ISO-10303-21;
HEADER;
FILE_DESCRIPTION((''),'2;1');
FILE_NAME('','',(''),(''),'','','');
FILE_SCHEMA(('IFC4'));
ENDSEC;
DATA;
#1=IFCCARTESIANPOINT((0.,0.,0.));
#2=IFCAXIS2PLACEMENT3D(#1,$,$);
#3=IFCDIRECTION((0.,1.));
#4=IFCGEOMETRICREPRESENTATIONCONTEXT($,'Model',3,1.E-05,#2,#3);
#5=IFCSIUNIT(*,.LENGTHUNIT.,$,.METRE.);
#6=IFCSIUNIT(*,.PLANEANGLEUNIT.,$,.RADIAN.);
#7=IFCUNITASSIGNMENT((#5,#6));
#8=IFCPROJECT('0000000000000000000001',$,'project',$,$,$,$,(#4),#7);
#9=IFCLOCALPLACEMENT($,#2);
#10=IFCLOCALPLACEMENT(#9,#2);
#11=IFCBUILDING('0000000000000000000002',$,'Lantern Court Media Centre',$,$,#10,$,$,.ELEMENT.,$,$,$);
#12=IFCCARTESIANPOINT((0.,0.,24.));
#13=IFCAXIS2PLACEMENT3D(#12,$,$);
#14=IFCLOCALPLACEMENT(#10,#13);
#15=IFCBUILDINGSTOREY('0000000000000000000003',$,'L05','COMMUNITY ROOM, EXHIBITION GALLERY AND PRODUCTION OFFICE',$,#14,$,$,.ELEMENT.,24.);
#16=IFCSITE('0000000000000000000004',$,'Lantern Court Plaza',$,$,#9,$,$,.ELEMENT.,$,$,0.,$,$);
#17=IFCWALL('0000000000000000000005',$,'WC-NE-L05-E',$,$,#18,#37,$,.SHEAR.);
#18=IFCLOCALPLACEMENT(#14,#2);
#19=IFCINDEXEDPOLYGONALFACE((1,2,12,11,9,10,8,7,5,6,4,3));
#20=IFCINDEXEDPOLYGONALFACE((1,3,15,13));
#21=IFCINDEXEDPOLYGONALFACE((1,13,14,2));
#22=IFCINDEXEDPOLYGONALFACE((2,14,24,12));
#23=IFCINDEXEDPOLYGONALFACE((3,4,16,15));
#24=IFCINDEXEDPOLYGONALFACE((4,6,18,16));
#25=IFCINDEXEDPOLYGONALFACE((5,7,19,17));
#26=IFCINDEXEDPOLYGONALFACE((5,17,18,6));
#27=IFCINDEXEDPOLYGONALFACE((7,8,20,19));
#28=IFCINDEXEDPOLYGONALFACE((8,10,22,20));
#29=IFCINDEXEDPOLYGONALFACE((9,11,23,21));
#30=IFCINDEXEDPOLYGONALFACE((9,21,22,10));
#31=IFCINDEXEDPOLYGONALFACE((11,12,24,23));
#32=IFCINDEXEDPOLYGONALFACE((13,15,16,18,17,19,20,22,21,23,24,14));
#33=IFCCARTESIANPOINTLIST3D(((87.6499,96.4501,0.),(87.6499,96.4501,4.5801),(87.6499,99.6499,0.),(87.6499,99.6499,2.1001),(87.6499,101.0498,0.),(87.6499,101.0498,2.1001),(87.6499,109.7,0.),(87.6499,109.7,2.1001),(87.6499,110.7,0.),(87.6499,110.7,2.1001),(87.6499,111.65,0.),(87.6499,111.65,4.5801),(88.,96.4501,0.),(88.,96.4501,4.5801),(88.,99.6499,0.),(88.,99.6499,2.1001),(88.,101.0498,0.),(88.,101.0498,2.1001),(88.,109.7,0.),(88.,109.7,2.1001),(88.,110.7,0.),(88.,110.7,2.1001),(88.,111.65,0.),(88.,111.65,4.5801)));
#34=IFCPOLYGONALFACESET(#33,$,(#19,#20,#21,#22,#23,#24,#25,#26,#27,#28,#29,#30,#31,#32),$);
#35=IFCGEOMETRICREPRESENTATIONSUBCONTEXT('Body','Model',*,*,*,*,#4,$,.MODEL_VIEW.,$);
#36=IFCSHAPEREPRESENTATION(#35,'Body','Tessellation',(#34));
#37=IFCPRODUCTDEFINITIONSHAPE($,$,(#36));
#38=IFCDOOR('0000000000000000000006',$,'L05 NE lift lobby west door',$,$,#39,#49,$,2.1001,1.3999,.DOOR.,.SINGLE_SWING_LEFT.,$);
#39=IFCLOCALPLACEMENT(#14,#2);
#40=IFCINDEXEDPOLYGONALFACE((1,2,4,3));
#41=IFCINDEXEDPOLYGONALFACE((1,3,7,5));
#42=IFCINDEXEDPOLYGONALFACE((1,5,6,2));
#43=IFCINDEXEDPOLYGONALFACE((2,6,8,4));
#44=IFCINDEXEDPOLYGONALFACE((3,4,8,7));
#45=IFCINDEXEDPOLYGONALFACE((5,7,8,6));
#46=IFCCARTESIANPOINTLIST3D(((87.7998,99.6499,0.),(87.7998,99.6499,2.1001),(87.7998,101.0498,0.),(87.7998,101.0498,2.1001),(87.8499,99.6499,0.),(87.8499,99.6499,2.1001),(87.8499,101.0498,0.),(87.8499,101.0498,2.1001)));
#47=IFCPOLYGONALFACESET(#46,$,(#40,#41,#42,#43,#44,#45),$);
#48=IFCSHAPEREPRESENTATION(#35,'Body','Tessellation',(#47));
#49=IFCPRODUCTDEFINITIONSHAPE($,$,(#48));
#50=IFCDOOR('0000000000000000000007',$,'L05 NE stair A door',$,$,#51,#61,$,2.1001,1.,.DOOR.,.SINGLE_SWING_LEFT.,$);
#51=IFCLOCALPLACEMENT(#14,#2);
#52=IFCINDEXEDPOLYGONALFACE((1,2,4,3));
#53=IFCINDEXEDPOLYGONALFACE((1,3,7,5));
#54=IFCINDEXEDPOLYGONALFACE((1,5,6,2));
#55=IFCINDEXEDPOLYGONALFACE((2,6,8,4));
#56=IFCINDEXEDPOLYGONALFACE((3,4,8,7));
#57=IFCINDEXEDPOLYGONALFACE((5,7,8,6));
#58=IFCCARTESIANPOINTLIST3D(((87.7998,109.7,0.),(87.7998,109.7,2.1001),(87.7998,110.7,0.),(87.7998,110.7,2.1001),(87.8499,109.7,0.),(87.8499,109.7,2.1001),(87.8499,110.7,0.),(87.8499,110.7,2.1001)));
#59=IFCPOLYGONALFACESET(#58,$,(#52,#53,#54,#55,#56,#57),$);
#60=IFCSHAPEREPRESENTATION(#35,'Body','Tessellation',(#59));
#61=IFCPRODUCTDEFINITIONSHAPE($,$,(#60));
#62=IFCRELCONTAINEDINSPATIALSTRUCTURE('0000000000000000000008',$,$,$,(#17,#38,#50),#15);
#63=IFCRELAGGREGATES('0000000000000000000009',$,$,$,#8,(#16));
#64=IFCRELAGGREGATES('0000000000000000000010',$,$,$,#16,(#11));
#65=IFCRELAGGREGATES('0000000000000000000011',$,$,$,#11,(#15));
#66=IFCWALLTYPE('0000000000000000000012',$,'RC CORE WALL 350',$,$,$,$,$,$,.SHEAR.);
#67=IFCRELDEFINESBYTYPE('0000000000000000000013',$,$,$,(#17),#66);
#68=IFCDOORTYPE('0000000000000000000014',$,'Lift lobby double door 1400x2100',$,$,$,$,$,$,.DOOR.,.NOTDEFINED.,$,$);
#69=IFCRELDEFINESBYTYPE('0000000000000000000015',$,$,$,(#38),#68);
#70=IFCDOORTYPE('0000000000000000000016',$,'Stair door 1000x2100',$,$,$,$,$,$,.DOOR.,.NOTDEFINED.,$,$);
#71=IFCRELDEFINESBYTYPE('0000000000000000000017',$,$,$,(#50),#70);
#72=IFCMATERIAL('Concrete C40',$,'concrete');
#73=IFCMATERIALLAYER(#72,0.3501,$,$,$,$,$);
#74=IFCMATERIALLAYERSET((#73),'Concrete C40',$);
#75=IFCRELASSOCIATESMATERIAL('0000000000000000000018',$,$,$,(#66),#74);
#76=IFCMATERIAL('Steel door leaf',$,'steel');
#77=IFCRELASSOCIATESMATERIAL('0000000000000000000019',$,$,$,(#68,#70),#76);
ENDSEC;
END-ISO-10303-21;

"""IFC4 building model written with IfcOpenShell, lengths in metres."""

from ifc_helpers import new_model, si_unit, direction, frame, frame_2d, origin, place, context, subcontext, project, spatial, rectangle, extrude, material, layer, layer_set, type_object, element, fill, save


model = new_model("IFC4")

# Units and contexts
model_context = context("Model", 3, precision=1e-05, world=origin(), true_north=direction((0.0, 1.0)))
body_context = subcontext(model_context, "Body", "Model", "MODEL_VIEW")
ifc_project = project(units=[si_unit("LENGTHUNIT", "METRE"), si_unit("PLANEANGLEUNIT", "RADIAN")], contexts=[model_context])

# Site, building, storey
site_placement = place(None, origin())
site = spatial("IfcSite", under=ifc_project, at=site_placement, Name="Lantern Court Plaza", CompositionType="ELEMENT", RefElevation=0.0)
building_placement = place(site_placement, origin())
building = spatial("IfcBuilding", under=site, at=building_placement, Name="Lantern Court Media Centre", CompositionType="ELEMENT")
storey_placement = place(building_placement, frame((0.0, 0.0, 24.0)))
storey = spatial("IfcBuildingStorey", under=building, at=storey_placement, Name="L05", Description="COMMUNITY ROOM, EXHIBITION GALLERY AND PRODUCTION OFFICE", CompositionType="ELEMENT", Elevation=24.0)

# Shared definitions
ifc_material_1 = material(Name="Concrete C40", Category="concrete")
ifc_material_2 = material(Name="Steel door leaf", Category="steel")

# Wall, openings, doors
ifc_layer_1 = layer(ifc_material_1, 0.3501)
ifc_layer_set_1 = layer_set([ifc_layer_1], Name="Concrete C40")
wall_type_1 = type_object("IfcWallType", Name="RC CORE WALL 350", PredefinedType="SHEAR", material=ifc_layer_set_1)
wall_1_placement = place(storey_placement, frame((87.825, 96.45, 0.0), z_axis=(0.0, 0.0, 1.0), x_axis=(0.0, 1.0, 0.0)))
wall_1 = element("IfcWall", 1, at=wall_1_placement, inside=storey, type_object=wall_type_1, Name="WC-NE-L05-E", PredefinedType="SHEAR", context=body_context, shape_type="SweptSolid", body=[
    extrude(rectangle(XDim=15.2, YDim=0.3501, at=frame_2d((7.6001, 0.0))), origin(), (0.0, 0.0, 1.0), 4.5801),
])
opening_1_placement = place(wall_1_placement, frame((13.25, 0.0, 0.0)))
opening_1 = element("IfcOpeningElement", 2, at=opening_1_placement, cuts=wall_1, PredefinedType="OPENING", context=body_context, shape_type="SweptSolid", body=[
    extrude(rectangle(XDim=1.0, YDim=2.1001, at=frame_2d((0.5, 1.05))), frame((0.0, 0.1851, 0.0), z_axis=(0.0, -1.0, 0.0), x_axis=(1.0, 0.0, 0.0)), (0.0, 0.0, 1.0), 0.3701),
])
opening_2_placement = place(wall_1_placement, frame((3.2, 0.0, 0.0)))
opening_2 = element("IfcOpeningElement", 3, at=opening_2_placement, cuts=wall_1, PredefinedType="OPENING", context=body_context, shape_type="SweptSolid", body=[
    extrude(rectangle(XDim=1.3999, YDim=2.1001, at=frame_2d((0.7, 1.05))), frame((0.0, 0.1851, 0.0), z_axis=(0.0, -1.0, 0.0), x_axis=(1.0, 0.0, 0.0)), (0.0, 0.0, 1.0), 0.3701),
])
door_type_1 = type_object("IfcDoorType", Name="Lift lobby double door 1400x2100", OperationType="NOTDEFINED", PredefinedType="DOOR", material=ifc_material_2)
door_1_placement = place(opening_2_placement, frame((1.3999, 0.0, 0.0), z_axis=(0.0, 0.0, 1.0), x_axis=(-1.0, 0.0, 0.0)))
door_1 = element("IfcDoor", 4, at=door_1_placement, inside=storey, type_object=door_type_1, Name="L05 NE lift lobby west door", OperationType="SINGLE_SWING_LEFT", OverallHeight=2.1001, OverallWidth=1.3999, PredefinedType="DOOR", context=body_context, shape_type="SweptSolid", body=[
    extrude(rectangle(XDim=1.3999, YDim=2.1001, at=frame_2d((0.7, 1.05))), frame((0.0, 0.0249, 0.0), z_axis=(0.0, -1.0, 0.0), x_axis=(1.0, 0.0, 0.0)), (0.0, 0.0, 1.0), 0.05),
])
fill(opening_2, door_1)
door_type_2 = type_object("IfcDoorType", Name="Stair door 1000x2100", OperationType="NOTDEFINED", PredefinedType="DOOR", material=ifc_material_2)
door_2_placement = place(opening_1_placement, frame((1.0, 0.0, 0.0), z_axis=(0.0, 0.0, 1.0), x_axis=(-1.0, 0.0, 0.0)))
door_2 = element("IfcDoor", 5, at=door_2_placement, inside=storey, type_object=door_type_2, Name="L05 NE stair A door", OperationType="SINGLE_SWING_LEFT", OverallHeight=2.1001, OverallWidth=1.0, PredefinedType="DOOR", context=body_context, shape_type="SweptSolid", body=[
    extrude(rectangle(XDim=1.0, YDim=2.1001, at=frame_2d((0.5, 1.05))), frame((0.0, 0.0249, 0.0), z_axis=(0.0, -1.0, 0.0), x_axis=(1.0, 0.0, 0.0)), (0.0, 0.0, 1.0), 0.05),
])
fill(opening_1, door_2)

save(model, "model.ifc")
